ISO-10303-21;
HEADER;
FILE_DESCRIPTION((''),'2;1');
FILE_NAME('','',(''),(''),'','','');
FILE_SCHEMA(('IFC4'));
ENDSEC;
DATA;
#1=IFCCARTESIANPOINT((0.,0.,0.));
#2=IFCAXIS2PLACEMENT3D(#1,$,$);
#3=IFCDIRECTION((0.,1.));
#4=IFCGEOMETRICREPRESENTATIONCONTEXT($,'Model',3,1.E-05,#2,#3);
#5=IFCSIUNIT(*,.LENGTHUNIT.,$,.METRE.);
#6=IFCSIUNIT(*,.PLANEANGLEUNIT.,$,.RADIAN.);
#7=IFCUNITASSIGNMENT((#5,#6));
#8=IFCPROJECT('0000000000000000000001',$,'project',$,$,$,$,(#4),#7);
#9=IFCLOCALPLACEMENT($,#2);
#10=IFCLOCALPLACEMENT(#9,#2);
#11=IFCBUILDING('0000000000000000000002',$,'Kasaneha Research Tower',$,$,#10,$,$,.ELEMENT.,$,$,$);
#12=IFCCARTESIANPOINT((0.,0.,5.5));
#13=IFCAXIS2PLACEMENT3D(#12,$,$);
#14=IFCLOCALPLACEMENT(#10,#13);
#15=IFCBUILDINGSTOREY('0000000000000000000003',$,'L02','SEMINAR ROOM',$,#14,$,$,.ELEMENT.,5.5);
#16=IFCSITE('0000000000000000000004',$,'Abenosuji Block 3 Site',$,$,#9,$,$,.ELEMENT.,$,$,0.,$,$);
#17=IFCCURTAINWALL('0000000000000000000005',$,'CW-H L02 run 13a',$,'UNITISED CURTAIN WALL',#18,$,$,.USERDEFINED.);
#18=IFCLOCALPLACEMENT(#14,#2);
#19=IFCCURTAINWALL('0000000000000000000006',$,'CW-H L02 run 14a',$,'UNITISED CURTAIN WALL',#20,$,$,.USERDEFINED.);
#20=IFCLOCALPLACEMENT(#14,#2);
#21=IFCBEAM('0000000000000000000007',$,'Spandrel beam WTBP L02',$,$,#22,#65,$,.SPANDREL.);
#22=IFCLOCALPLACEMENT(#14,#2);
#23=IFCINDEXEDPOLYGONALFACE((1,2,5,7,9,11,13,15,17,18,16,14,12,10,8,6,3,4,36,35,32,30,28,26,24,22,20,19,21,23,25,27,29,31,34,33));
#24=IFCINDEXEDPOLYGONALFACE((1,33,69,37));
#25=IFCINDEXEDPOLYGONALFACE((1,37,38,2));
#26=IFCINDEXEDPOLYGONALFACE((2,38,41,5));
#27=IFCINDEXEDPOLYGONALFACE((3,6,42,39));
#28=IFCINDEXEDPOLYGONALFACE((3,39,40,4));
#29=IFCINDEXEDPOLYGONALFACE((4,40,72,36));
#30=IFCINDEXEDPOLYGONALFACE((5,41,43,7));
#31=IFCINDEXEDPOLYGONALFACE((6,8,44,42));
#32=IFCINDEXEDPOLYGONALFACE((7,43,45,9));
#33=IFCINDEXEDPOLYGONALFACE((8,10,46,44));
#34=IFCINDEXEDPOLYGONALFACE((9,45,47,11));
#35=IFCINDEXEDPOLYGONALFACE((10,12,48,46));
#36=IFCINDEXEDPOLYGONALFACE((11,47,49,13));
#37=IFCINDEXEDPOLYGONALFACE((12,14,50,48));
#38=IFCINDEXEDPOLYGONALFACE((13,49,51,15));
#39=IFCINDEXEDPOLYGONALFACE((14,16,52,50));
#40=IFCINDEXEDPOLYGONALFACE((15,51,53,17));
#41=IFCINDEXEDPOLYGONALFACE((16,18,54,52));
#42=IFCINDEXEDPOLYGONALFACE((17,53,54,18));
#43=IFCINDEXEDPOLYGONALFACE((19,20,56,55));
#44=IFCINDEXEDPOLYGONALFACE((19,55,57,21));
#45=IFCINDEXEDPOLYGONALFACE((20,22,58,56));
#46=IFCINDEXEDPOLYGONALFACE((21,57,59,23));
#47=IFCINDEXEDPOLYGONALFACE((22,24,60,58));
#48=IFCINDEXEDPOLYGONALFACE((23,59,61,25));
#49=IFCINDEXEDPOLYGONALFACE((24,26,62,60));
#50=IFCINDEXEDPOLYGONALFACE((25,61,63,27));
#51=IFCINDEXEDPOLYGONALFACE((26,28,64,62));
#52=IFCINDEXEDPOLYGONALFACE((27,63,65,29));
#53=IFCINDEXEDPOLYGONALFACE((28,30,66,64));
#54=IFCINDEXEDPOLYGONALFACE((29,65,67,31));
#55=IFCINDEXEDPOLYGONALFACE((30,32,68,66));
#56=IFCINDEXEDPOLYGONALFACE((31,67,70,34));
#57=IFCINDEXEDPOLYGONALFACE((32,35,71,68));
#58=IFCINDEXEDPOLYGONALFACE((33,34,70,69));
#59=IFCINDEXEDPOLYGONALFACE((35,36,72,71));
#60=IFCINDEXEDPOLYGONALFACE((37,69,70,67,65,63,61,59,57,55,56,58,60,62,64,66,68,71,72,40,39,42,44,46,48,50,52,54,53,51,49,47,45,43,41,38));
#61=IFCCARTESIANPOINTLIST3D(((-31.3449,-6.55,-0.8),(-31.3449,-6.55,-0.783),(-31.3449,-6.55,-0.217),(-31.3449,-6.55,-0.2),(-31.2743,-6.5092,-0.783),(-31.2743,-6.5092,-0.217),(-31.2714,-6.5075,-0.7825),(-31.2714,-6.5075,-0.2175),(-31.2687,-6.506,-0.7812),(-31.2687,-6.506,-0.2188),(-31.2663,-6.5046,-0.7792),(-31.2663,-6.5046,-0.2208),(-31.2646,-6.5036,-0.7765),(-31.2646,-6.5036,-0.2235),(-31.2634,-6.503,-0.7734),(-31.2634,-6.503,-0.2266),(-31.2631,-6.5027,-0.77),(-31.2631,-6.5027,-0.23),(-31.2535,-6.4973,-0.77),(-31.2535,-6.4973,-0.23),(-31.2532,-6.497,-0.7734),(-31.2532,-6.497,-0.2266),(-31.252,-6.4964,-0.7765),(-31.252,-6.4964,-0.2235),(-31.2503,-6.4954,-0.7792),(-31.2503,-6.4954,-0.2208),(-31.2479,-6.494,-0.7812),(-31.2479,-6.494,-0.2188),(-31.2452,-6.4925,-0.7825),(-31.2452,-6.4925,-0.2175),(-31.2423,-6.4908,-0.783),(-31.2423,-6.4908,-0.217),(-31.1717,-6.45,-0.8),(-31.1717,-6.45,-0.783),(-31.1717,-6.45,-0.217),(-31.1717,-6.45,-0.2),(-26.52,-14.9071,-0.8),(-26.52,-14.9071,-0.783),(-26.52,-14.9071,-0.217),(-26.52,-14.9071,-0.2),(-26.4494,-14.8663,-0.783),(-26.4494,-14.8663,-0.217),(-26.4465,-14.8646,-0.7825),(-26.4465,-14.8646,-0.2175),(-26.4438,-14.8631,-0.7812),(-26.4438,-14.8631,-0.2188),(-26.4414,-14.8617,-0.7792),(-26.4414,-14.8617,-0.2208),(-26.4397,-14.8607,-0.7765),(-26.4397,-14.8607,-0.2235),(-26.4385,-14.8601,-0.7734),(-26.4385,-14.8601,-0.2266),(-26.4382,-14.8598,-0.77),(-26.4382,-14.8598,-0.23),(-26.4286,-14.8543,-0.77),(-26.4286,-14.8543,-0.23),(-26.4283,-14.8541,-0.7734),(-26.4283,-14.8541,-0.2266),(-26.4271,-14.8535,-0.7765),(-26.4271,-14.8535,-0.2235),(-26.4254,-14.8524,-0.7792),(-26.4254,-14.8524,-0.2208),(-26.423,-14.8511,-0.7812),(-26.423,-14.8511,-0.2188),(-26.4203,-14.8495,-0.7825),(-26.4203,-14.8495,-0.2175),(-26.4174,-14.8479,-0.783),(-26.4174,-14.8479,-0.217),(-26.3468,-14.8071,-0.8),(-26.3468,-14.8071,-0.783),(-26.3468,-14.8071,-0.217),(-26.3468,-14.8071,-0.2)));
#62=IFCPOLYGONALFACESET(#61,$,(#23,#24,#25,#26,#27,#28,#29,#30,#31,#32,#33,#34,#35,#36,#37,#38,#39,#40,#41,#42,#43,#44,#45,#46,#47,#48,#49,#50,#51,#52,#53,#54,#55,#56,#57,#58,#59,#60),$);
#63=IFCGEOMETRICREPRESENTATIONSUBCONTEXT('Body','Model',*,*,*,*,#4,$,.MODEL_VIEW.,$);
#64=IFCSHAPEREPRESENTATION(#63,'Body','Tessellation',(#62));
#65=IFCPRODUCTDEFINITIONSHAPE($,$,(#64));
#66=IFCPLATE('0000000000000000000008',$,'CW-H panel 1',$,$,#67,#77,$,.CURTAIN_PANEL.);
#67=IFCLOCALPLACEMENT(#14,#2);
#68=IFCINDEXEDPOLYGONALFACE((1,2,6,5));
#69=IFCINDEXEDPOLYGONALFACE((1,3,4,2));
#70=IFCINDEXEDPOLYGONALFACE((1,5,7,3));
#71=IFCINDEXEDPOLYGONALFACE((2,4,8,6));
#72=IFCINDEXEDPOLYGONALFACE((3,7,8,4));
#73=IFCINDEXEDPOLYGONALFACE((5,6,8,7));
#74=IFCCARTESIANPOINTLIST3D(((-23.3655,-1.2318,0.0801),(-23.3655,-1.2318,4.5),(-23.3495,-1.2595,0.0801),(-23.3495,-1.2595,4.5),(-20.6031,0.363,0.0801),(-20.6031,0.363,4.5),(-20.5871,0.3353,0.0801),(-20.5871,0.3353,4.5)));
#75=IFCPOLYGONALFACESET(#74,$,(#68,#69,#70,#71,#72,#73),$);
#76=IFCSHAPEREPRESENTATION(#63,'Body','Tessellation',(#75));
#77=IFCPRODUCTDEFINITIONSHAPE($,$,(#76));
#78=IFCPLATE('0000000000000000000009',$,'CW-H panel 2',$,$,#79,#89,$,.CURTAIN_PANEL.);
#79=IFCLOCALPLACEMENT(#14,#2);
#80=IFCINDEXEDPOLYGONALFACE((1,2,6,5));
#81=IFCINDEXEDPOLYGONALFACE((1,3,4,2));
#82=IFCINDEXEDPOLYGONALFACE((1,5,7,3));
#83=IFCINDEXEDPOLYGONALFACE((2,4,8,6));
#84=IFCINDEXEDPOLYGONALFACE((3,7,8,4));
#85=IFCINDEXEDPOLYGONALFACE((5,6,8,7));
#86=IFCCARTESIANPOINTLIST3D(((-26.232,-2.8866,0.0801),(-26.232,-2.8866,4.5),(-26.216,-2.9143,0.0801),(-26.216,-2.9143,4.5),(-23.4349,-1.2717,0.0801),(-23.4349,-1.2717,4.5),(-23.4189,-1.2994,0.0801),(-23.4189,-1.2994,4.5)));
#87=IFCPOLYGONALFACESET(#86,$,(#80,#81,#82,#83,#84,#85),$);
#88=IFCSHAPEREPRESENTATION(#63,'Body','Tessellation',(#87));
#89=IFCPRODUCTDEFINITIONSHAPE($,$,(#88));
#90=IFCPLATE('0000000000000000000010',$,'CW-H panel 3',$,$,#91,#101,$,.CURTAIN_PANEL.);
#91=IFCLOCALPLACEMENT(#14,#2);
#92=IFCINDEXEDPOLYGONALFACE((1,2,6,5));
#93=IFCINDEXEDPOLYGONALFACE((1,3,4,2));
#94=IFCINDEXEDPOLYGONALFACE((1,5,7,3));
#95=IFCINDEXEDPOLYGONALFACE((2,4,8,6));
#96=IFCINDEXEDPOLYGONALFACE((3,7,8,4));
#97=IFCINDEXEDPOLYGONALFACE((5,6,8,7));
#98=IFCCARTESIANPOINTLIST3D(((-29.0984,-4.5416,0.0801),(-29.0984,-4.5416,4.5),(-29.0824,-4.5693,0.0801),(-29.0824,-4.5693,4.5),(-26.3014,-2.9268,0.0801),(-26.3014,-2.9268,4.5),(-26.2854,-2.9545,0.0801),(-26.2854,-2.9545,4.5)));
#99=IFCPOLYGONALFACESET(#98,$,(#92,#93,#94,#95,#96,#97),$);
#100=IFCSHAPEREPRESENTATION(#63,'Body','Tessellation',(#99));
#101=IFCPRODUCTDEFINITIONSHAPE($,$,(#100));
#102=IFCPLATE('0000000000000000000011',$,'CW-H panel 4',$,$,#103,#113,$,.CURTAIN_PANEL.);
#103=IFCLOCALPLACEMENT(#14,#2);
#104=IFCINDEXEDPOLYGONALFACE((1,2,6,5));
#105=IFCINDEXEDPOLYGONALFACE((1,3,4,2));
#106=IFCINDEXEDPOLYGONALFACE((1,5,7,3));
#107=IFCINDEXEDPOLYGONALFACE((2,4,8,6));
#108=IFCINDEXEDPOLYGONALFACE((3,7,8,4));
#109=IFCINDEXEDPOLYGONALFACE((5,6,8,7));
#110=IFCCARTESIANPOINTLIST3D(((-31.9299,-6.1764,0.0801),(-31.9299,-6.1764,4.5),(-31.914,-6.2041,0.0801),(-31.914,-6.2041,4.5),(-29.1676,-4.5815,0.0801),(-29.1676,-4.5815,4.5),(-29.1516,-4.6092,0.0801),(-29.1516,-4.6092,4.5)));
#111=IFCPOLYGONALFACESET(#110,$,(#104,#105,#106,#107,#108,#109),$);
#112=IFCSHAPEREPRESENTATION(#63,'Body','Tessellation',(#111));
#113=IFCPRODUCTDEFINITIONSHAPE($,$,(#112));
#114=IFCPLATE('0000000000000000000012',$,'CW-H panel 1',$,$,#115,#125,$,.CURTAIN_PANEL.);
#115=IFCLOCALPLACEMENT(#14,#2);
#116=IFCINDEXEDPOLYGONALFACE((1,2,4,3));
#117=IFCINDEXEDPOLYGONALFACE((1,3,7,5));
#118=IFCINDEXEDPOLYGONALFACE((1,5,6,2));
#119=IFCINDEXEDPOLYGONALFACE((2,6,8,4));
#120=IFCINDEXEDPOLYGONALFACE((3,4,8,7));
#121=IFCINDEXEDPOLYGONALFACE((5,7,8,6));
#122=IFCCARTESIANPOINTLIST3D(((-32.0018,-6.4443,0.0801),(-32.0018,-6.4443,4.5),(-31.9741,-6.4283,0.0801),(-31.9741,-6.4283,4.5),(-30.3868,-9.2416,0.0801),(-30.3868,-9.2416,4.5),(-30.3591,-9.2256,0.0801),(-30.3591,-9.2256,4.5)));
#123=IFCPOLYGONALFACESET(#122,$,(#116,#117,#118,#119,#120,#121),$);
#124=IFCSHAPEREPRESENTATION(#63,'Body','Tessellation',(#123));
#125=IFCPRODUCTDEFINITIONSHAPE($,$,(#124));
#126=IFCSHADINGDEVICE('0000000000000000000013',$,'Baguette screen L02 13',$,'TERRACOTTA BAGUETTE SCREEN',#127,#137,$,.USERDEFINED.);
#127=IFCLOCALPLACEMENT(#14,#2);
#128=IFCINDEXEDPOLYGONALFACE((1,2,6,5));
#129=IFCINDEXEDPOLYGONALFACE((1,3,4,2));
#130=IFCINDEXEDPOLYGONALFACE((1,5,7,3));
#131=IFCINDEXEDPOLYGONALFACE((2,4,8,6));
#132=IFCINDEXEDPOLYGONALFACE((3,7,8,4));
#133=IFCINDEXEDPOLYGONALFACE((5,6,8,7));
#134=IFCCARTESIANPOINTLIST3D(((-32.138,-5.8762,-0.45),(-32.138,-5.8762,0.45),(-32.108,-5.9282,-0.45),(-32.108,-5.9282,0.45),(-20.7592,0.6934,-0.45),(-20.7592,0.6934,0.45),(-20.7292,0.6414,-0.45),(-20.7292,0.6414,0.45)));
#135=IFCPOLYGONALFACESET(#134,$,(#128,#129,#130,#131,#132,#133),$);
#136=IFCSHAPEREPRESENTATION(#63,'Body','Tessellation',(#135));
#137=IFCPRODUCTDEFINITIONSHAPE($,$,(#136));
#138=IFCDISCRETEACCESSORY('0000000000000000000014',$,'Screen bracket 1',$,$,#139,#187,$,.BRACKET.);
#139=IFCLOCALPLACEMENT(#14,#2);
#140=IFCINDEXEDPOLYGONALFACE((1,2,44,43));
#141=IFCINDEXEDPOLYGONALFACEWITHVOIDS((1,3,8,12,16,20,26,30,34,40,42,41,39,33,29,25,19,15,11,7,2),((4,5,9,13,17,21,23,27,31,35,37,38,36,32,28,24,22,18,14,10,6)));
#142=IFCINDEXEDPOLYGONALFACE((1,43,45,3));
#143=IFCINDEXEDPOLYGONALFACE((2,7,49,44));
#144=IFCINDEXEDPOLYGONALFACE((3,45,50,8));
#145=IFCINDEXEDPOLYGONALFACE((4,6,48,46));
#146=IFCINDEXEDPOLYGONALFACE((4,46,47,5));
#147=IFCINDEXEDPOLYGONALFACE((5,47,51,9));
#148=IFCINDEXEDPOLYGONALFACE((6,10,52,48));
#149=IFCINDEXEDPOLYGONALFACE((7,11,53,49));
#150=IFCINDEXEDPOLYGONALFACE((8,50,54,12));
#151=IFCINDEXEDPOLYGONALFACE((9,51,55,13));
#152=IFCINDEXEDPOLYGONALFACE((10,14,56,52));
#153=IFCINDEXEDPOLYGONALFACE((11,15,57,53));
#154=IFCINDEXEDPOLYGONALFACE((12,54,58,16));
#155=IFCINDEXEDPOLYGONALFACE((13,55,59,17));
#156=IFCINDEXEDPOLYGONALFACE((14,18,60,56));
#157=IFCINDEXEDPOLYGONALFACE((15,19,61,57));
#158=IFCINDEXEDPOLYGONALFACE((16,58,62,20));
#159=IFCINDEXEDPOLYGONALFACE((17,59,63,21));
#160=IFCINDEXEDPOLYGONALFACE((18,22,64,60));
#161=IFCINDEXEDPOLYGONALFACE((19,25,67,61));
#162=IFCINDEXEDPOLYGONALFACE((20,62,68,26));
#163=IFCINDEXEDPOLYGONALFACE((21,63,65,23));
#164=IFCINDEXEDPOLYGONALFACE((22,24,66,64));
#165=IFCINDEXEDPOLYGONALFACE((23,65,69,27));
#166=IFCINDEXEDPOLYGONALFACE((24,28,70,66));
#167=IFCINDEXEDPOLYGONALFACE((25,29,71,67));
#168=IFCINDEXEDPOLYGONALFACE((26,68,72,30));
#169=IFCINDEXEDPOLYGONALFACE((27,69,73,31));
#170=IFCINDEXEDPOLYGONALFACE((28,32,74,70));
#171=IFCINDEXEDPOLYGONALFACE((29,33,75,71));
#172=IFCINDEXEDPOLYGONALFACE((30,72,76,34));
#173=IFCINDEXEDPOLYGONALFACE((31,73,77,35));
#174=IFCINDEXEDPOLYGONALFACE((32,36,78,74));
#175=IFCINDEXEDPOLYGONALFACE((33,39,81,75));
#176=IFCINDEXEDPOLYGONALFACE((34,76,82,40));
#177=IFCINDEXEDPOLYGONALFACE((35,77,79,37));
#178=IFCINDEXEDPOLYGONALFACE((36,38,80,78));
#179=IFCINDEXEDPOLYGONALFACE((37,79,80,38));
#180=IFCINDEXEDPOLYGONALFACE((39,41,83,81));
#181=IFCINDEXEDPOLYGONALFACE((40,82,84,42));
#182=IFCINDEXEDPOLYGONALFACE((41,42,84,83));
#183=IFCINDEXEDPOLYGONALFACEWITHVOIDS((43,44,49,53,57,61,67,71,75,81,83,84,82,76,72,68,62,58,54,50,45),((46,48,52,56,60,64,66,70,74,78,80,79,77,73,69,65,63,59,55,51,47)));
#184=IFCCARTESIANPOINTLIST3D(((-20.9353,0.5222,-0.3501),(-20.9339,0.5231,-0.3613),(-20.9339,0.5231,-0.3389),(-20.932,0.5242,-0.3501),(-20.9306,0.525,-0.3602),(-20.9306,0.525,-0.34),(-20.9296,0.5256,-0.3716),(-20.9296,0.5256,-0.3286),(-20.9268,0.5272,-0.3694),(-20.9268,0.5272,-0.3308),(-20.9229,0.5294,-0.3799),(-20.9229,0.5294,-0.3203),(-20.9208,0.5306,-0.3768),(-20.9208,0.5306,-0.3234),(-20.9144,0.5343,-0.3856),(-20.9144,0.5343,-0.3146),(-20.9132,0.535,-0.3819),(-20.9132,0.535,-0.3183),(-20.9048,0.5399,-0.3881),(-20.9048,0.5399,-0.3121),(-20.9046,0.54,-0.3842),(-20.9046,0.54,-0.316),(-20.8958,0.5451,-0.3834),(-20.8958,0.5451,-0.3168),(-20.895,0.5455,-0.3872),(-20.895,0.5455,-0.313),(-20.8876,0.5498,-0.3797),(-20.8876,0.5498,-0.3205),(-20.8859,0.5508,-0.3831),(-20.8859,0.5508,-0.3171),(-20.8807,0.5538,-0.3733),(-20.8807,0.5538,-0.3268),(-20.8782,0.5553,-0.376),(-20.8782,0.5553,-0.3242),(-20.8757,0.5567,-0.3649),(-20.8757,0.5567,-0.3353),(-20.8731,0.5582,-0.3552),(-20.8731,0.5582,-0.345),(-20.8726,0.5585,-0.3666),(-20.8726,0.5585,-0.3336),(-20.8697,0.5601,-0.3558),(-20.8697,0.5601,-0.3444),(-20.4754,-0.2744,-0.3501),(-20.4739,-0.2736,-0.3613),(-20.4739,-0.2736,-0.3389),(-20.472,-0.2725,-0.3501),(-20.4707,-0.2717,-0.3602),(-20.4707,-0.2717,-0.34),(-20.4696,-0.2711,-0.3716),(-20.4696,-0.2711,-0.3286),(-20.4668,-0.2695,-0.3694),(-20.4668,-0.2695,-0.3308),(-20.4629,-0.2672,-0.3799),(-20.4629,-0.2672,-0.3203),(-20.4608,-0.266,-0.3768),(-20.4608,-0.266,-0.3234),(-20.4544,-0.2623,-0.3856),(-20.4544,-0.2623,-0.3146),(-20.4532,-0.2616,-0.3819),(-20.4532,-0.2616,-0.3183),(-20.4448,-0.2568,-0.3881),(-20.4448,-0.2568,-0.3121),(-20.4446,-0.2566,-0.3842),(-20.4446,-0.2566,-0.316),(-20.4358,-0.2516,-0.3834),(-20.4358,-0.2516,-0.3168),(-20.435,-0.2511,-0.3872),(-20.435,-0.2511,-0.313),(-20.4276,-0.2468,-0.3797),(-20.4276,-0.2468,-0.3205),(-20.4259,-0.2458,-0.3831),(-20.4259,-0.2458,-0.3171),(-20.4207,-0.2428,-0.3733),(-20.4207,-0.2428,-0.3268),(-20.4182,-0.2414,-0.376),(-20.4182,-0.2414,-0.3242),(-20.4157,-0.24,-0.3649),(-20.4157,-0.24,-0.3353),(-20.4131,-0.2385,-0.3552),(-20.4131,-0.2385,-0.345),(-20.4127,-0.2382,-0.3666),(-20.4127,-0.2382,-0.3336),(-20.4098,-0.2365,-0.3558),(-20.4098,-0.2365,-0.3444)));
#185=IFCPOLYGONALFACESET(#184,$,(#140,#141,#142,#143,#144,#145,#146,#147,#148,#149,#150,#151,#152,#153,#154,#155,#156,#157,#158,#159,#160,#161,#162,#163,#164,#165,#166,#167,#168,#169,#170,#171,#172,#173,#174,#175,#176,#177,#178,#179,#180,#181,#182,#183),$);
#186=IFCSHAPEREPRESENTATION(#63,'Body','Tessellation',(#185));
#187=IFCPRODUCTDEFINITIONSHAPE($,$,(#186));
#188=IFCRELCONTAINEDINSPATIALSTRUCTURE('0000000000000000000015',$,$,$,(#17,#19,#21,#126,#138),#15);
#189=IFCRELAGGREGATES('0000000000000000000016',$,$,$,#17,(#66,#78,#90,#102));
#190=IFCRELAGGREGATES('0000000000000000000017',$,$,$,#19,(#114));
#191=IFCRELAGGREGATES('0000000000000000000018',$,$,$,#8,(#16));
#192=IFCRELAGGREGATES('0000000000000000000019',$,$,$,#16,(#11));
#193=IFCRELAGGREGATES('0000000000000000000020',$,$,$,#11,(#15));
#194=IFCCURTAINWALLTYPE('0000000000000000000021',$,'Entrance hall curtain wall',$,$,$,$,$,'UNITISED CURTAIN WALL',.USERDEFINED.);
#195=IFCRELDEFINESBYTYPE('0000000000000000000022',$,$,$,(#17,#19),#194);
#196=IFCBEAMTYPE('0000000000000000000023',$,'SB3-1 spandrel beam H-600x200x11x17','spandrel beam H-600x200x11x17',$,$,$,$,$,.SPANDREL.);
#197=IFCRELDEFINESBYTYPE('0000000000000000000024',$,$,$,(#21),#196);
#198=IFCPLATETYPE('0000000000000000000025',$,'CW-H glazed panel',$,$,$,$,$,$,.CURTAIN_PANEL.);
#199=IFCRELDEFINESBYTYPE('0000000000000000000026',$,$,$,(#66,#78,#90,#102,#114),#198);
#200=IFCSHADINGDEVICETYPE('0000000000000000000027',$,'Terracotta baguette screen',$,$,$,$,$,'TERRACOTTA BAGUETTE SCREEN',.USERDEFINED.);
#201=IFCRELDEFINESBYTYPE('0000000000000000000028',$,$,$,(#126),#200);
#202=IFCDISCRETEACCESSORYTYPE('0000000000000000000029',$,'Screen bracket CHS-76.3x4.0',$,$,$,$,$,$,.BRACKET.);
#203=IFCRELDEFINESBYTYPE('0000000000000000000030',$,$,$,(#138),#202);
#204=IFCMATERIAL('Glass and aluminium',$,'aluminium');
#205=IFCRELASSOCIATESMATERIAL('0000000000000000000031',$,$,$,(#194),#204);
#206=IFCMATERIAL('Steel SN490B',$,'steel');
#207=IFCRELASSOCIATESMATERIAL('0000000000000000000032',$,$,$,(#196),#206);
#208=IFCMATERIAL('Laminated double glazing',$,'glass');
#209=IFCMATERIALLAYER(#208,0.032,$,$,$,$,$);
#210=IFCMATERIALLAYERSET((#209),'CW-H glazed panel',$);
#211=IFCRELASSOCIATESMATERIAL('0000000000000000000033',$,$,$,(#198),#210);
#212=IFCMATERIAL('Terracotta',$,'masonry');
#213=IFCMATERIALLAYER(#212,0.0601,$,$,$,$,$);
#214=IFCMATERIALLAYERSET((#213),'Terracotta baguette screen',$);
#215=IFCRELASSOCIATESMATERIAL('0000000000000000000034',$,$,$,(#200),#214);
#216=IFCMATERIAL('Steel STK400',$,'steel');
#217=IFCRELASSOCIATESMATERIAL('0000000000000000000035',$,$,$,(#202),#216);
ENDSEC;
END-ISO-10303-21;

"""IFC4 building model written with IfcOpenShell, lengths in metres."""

from ifc_helpers import new_model, si_unit, direction, frame, origin, origin_2d, place, context, subcontext, project, spatial, rectangle, hollow_circle, i_section, extrude, material, layer, layer_set, material_profile, profile_set, type_object, element, aggregate, save


model = new_model("IFC4")

# Units and contexts
model_context = context("Model", 3, precision=1e-05, world=origin(), true_north=direction((0.0, 1.0)))
body_context = subcontext(model_context, "Body", "Model", "MODEL_VIEW")
ifc_project = project(units=[si_unit("LENGTHUNIT", "METRE"), si_unit("PLANEANGLEUNIT", "RADIAN")], contexts=[model_context])

# Site, building, storey
site_placement = place(None, origin())
site = spatial("IfcSite", under=ifc_project, at=site_placement, Name="Abenosuji Block 3 Site", CompositionType="ELEMENT", RefElevation=0.0)
building_placement = place(site_placement, origin())
building = spatial("IfcBuilding", under=site, at=building_placement, Name="Kasaneha Research Tower", CompositionType="ELEMENT")
storey_placement = place(building_placement, frame((0.0, 0.0, 5.5)))
storey = spatial("IfcBuildingStorey", under=building, at=storey_placement, Name="L02", Description="SEMINAR ROOM", CompositionType="ELEMENT", Elevation=5.5)

# Curtain wall
ifc_material_1 = material(Name="Glass and aluminium", Category="aluminium")
curtain_wall_type = type_object("IfcCurtainWallType", Name="Entrance hall curtain wall", ElementType="UNITISED CURTAIN WALL", PredefinedType="USERDEFINED", material=ifc_material_1)
curtain_wall_1_placement = place(storey_placement, origin())
curtain_wall_1 = element("IfcCurtainWall", 1, at=curtain_wall_1_placement, inside=storey, type_object=curtain_wall_type, Name="CW-H L02 run 13a", ObjectType="UNITISED CURTAIN WALL", PredefinedType="USERDEFINED")

# Curtain wall
curtain_wall_2_placement = place(storey_placement, origin())
curtain_wall_2 = element("IfcCurtainWall", 2, at=curtain_wall_2_placement, inside=storey, type_object=curtain_wall_type, Name="CW-H L02 run 14a", ObjectType="UNITISED CURTAIN WALL", PredefinedType="USERDEFINED")

# Beam
ifc_material_2 = material(Name="Steel SN490B", Category="steel")
ifc_material_profile_1 = material_profile(ifc_material_2, i_section(OverallWidth=0.2, OverallDepth=0.6001, WebThickness=0.011, FlangeThickness=0.0171, FilletRadius=0.0129, at=origin_2d()), Name="H-600x200x11x17")
ifc_profile_set_1 = profile_set([ifc_material_profile_1], Name="Steel SN490B")
beam_type_1 = type_object("IfcBeamType", Name="SB3-1 spandrel beam H-600x200x11x17", Description="spandrel beam H-600x200x11x17", PredefinedType="SPANDREL", material=ifc_profile_set_1)
beam_1_placement = place(storey_placement, frame((-31.2583, -6.5, -0.5), z_axis=(0.499995, -0.866028, 0.0), x_axis=(0.866028, 0.499995, 0.0)))
element("IfcBeam", 3, at=beam_1_placement, inside=storey, type_object=beam_type_1, Name="Spandrel beam WTBP L02", PredefinedType="SPANDREL", context=body_context, shape_type="SweptSolid", body=[
    extrude(i_section(OverallWidth=0.2, OverallDepth=0.6001, WebThickness=0.011, FlangeThickness=0.0171, FilletRadius=0.0129, at=origin_2d()), origin(), (0.0, 0.0, 1.0), 9.6499),
])

# Plates
ifc_material_3 = material(Name="Laminated double glazing", Category="glass")
ifc_layer_1 = layer(ifc_material_3, 0.032)
ifc_layer_set_1 = layer_set([ifc_layer_1], Name="CW-H glazed panel")
plate_type = type_object("IfcPlateType", Name="CW-H glazed panel", PredefinedType="CURTAIN_PANEL", material=ifc_layer_set_1)
plate_1_placement = place(storey_placement, frame((-21.9763, -0.4482, 0.0801), z_axis=(0.0, 0.0, 1.0), x_axis=(-0.866025, -0.5, 0.0)))
plate_1 = element("IfcPlate", 4, at=plate_1_placement, type_object=plate_type, Name="CW-H panel 1", PredefinedType="CURTAIN_PANEL", context=body_context, shape_type="SweptSolid", body=[
    extrude(rectangle(XDim=3.1897, YDim=0.032, at=origin_2d()), origin(), (0.0, 0.0, 1.0), 4.4199),
])
plate_2_placement = place(storey_placement, frame((-24.8254, -2.093, 0.0801), z_axis=(0.0, 0.0, 1.0), x_axis=(-0.866025, -0.5, 0.0)))
plate_2 = element("IfcPlate", 5, at=plate_2_placement, type_object=plate_type, Name="CW-H panel 2", PredefinedType="CURTAIN_PANEL", context=body_context, shape_type="SweptSolid", body=[
    extrude(rectangle(XDim=3.2297, YDim=0.032, at=origin_2d()), origin(), (0.0, 0.0, 1.0), 4.4199),
])
plate_3_placement = place(storey_placement, frame((-27.6919, -3.748, 0.0801), z_axis=(0.0, 0.0, 1.0), x_axis=(-0.866025, -0.5, 0.0)))
plate_3 = element("IfcPlate", 6, at=plate_3_placement, type_object=plate_type, Name="CW-H panel 3", PredefinedType="CURTAIN_PANEL", context=body_context, shape_type="SweptSolid", body=[
    extrude(rectangle(XDim=3.2297, YDim=0.032, at=origin_2d()), origin(), (0.0, 0.0, 1.0), 4.4199),
])
plate_4_placement = place(storey_placement, frame((-30.5408, -5.3928, 0.0801), z_axis=(0.0, 0.0, 1.0), x_axis=(-0.866025, -0.5, 0.0)))
plate_4 = element("IfcPlate", 7, at=plate_4_placement, type_object=plate_type, Name="CW-H panel 4", PredefinedType="CURTAIN_PANEL", context=body_context, shape_type="SweptSolid", body=[
    extrude(rectangle(XDim=3.1897, YDim=0.032, at=origin_2d()), origin(), (0.0, 0.0, 1.0), 4.4199),
])
aggregate(curtain_wall_1, [plate_1, plate_2, plate_3, plate_4])
plate_5_placement = place(storey_placement, frame((-31.1804, -7.835, 0.0801), z_axis=(0.0, 0.0, 1.0), x_axis=(0.5, -0.866025, 0.0)))
plate_5 = element("IfcPlate", 8, at=plate_5_placement, type_object=plate_type, Name="CW-H panel 1", PredefinedType="CURTAIN_PANEL", context=body_context, shape_type="SweptSolid", body=[
    extrude(rectangle(XDim=3.23, YDim=0.032, at=origin_2d()), origin(), (0.0, 0.0, 1.0), 4.4199),
])
aggregate(curtain_wall_2, [plate_5])

# Shading device
ifc_material_4 = material(Name="Terracotta", Category="masonry")
ifc_layer_2 = layer(ifc_material_4, 0.0601)
ifc_layer_set_2 = layer_set([ifc_layer_2], Name="Terracotta baguette screen")
shading_device_type = type_object("IfcShadingDeviceType", Name="Terracotta baguette screen", ElementType="TERRACOTTA BAGUETTE SCREEN", PredefinedType="USERDEFINED", material=ifc_layer_set_2)
shading_device_placement = place(storey_placement, frame((-26.4336, -2.6174, -0.45), z_axis=(0.0, 0.0, 1.0), x_axis=(-0.866025, -0.5, 0.0)))
element("IfcShadingDevice", 9, at=shading_device_placement, inside=storey, type_object=shading_device_type, Name="Baguette screen L02 13", ObjectType="TERRACOTTA BAGUETTE SCREEN", PredefinedType="USERDEFINED", context=body_context, shape_type="SweptSolid", body=[
    extrude(rectangle(XDim=13.1392, YDim=0.0601, at=origin_2d()), origin(), (0.0, 0.0, 1.0), 0.8999),
])

# Discrete accessory
ifc_material_5 = material(Name="Steel STK400", Category="steel")
ifc_material_profile_2 = material_profile(ifc_material_5, hollow_circle(Radius=0.0381, WallThickness=0.0039, at=origin_2d()), Name="CHS-76.3x4.0")
ifc_profile_set_2 = profile_set([ifc_material_profile_2], Name="Steel STK400")
discrete_accessory_type = type_object("IfcDiscreteAccessoryType", Name="Screen bracket CHS-76.3x4.0", PredefinedType="BRACKET", material=ifc_profile_set_2)
discrete_accessory_1_placement = place(storey_placement, frame((-20.4424, -0.2554, -0.3501), z_axis=(-0.500021, 0.866013, 0.0), x_axis=(-0.866013, -0.500021, 0.0)))
element("IfcDiscreteAccessory", 10, at=discrete_accessory_1_placement, inside=storey, type_object=discrete_accessory_type, Name="Screen bracket 1", PredefinedType="BRACKET", context=body_context, shape_type="SweptSolid", body=[
    extrude(hollow_circle(Radius=0.0381, WallThickness=0.0039, at=origin_2d()), origin(), (0.0, 0.0, 1.0), 0.9199),
])

save(model, "model.ifc")
